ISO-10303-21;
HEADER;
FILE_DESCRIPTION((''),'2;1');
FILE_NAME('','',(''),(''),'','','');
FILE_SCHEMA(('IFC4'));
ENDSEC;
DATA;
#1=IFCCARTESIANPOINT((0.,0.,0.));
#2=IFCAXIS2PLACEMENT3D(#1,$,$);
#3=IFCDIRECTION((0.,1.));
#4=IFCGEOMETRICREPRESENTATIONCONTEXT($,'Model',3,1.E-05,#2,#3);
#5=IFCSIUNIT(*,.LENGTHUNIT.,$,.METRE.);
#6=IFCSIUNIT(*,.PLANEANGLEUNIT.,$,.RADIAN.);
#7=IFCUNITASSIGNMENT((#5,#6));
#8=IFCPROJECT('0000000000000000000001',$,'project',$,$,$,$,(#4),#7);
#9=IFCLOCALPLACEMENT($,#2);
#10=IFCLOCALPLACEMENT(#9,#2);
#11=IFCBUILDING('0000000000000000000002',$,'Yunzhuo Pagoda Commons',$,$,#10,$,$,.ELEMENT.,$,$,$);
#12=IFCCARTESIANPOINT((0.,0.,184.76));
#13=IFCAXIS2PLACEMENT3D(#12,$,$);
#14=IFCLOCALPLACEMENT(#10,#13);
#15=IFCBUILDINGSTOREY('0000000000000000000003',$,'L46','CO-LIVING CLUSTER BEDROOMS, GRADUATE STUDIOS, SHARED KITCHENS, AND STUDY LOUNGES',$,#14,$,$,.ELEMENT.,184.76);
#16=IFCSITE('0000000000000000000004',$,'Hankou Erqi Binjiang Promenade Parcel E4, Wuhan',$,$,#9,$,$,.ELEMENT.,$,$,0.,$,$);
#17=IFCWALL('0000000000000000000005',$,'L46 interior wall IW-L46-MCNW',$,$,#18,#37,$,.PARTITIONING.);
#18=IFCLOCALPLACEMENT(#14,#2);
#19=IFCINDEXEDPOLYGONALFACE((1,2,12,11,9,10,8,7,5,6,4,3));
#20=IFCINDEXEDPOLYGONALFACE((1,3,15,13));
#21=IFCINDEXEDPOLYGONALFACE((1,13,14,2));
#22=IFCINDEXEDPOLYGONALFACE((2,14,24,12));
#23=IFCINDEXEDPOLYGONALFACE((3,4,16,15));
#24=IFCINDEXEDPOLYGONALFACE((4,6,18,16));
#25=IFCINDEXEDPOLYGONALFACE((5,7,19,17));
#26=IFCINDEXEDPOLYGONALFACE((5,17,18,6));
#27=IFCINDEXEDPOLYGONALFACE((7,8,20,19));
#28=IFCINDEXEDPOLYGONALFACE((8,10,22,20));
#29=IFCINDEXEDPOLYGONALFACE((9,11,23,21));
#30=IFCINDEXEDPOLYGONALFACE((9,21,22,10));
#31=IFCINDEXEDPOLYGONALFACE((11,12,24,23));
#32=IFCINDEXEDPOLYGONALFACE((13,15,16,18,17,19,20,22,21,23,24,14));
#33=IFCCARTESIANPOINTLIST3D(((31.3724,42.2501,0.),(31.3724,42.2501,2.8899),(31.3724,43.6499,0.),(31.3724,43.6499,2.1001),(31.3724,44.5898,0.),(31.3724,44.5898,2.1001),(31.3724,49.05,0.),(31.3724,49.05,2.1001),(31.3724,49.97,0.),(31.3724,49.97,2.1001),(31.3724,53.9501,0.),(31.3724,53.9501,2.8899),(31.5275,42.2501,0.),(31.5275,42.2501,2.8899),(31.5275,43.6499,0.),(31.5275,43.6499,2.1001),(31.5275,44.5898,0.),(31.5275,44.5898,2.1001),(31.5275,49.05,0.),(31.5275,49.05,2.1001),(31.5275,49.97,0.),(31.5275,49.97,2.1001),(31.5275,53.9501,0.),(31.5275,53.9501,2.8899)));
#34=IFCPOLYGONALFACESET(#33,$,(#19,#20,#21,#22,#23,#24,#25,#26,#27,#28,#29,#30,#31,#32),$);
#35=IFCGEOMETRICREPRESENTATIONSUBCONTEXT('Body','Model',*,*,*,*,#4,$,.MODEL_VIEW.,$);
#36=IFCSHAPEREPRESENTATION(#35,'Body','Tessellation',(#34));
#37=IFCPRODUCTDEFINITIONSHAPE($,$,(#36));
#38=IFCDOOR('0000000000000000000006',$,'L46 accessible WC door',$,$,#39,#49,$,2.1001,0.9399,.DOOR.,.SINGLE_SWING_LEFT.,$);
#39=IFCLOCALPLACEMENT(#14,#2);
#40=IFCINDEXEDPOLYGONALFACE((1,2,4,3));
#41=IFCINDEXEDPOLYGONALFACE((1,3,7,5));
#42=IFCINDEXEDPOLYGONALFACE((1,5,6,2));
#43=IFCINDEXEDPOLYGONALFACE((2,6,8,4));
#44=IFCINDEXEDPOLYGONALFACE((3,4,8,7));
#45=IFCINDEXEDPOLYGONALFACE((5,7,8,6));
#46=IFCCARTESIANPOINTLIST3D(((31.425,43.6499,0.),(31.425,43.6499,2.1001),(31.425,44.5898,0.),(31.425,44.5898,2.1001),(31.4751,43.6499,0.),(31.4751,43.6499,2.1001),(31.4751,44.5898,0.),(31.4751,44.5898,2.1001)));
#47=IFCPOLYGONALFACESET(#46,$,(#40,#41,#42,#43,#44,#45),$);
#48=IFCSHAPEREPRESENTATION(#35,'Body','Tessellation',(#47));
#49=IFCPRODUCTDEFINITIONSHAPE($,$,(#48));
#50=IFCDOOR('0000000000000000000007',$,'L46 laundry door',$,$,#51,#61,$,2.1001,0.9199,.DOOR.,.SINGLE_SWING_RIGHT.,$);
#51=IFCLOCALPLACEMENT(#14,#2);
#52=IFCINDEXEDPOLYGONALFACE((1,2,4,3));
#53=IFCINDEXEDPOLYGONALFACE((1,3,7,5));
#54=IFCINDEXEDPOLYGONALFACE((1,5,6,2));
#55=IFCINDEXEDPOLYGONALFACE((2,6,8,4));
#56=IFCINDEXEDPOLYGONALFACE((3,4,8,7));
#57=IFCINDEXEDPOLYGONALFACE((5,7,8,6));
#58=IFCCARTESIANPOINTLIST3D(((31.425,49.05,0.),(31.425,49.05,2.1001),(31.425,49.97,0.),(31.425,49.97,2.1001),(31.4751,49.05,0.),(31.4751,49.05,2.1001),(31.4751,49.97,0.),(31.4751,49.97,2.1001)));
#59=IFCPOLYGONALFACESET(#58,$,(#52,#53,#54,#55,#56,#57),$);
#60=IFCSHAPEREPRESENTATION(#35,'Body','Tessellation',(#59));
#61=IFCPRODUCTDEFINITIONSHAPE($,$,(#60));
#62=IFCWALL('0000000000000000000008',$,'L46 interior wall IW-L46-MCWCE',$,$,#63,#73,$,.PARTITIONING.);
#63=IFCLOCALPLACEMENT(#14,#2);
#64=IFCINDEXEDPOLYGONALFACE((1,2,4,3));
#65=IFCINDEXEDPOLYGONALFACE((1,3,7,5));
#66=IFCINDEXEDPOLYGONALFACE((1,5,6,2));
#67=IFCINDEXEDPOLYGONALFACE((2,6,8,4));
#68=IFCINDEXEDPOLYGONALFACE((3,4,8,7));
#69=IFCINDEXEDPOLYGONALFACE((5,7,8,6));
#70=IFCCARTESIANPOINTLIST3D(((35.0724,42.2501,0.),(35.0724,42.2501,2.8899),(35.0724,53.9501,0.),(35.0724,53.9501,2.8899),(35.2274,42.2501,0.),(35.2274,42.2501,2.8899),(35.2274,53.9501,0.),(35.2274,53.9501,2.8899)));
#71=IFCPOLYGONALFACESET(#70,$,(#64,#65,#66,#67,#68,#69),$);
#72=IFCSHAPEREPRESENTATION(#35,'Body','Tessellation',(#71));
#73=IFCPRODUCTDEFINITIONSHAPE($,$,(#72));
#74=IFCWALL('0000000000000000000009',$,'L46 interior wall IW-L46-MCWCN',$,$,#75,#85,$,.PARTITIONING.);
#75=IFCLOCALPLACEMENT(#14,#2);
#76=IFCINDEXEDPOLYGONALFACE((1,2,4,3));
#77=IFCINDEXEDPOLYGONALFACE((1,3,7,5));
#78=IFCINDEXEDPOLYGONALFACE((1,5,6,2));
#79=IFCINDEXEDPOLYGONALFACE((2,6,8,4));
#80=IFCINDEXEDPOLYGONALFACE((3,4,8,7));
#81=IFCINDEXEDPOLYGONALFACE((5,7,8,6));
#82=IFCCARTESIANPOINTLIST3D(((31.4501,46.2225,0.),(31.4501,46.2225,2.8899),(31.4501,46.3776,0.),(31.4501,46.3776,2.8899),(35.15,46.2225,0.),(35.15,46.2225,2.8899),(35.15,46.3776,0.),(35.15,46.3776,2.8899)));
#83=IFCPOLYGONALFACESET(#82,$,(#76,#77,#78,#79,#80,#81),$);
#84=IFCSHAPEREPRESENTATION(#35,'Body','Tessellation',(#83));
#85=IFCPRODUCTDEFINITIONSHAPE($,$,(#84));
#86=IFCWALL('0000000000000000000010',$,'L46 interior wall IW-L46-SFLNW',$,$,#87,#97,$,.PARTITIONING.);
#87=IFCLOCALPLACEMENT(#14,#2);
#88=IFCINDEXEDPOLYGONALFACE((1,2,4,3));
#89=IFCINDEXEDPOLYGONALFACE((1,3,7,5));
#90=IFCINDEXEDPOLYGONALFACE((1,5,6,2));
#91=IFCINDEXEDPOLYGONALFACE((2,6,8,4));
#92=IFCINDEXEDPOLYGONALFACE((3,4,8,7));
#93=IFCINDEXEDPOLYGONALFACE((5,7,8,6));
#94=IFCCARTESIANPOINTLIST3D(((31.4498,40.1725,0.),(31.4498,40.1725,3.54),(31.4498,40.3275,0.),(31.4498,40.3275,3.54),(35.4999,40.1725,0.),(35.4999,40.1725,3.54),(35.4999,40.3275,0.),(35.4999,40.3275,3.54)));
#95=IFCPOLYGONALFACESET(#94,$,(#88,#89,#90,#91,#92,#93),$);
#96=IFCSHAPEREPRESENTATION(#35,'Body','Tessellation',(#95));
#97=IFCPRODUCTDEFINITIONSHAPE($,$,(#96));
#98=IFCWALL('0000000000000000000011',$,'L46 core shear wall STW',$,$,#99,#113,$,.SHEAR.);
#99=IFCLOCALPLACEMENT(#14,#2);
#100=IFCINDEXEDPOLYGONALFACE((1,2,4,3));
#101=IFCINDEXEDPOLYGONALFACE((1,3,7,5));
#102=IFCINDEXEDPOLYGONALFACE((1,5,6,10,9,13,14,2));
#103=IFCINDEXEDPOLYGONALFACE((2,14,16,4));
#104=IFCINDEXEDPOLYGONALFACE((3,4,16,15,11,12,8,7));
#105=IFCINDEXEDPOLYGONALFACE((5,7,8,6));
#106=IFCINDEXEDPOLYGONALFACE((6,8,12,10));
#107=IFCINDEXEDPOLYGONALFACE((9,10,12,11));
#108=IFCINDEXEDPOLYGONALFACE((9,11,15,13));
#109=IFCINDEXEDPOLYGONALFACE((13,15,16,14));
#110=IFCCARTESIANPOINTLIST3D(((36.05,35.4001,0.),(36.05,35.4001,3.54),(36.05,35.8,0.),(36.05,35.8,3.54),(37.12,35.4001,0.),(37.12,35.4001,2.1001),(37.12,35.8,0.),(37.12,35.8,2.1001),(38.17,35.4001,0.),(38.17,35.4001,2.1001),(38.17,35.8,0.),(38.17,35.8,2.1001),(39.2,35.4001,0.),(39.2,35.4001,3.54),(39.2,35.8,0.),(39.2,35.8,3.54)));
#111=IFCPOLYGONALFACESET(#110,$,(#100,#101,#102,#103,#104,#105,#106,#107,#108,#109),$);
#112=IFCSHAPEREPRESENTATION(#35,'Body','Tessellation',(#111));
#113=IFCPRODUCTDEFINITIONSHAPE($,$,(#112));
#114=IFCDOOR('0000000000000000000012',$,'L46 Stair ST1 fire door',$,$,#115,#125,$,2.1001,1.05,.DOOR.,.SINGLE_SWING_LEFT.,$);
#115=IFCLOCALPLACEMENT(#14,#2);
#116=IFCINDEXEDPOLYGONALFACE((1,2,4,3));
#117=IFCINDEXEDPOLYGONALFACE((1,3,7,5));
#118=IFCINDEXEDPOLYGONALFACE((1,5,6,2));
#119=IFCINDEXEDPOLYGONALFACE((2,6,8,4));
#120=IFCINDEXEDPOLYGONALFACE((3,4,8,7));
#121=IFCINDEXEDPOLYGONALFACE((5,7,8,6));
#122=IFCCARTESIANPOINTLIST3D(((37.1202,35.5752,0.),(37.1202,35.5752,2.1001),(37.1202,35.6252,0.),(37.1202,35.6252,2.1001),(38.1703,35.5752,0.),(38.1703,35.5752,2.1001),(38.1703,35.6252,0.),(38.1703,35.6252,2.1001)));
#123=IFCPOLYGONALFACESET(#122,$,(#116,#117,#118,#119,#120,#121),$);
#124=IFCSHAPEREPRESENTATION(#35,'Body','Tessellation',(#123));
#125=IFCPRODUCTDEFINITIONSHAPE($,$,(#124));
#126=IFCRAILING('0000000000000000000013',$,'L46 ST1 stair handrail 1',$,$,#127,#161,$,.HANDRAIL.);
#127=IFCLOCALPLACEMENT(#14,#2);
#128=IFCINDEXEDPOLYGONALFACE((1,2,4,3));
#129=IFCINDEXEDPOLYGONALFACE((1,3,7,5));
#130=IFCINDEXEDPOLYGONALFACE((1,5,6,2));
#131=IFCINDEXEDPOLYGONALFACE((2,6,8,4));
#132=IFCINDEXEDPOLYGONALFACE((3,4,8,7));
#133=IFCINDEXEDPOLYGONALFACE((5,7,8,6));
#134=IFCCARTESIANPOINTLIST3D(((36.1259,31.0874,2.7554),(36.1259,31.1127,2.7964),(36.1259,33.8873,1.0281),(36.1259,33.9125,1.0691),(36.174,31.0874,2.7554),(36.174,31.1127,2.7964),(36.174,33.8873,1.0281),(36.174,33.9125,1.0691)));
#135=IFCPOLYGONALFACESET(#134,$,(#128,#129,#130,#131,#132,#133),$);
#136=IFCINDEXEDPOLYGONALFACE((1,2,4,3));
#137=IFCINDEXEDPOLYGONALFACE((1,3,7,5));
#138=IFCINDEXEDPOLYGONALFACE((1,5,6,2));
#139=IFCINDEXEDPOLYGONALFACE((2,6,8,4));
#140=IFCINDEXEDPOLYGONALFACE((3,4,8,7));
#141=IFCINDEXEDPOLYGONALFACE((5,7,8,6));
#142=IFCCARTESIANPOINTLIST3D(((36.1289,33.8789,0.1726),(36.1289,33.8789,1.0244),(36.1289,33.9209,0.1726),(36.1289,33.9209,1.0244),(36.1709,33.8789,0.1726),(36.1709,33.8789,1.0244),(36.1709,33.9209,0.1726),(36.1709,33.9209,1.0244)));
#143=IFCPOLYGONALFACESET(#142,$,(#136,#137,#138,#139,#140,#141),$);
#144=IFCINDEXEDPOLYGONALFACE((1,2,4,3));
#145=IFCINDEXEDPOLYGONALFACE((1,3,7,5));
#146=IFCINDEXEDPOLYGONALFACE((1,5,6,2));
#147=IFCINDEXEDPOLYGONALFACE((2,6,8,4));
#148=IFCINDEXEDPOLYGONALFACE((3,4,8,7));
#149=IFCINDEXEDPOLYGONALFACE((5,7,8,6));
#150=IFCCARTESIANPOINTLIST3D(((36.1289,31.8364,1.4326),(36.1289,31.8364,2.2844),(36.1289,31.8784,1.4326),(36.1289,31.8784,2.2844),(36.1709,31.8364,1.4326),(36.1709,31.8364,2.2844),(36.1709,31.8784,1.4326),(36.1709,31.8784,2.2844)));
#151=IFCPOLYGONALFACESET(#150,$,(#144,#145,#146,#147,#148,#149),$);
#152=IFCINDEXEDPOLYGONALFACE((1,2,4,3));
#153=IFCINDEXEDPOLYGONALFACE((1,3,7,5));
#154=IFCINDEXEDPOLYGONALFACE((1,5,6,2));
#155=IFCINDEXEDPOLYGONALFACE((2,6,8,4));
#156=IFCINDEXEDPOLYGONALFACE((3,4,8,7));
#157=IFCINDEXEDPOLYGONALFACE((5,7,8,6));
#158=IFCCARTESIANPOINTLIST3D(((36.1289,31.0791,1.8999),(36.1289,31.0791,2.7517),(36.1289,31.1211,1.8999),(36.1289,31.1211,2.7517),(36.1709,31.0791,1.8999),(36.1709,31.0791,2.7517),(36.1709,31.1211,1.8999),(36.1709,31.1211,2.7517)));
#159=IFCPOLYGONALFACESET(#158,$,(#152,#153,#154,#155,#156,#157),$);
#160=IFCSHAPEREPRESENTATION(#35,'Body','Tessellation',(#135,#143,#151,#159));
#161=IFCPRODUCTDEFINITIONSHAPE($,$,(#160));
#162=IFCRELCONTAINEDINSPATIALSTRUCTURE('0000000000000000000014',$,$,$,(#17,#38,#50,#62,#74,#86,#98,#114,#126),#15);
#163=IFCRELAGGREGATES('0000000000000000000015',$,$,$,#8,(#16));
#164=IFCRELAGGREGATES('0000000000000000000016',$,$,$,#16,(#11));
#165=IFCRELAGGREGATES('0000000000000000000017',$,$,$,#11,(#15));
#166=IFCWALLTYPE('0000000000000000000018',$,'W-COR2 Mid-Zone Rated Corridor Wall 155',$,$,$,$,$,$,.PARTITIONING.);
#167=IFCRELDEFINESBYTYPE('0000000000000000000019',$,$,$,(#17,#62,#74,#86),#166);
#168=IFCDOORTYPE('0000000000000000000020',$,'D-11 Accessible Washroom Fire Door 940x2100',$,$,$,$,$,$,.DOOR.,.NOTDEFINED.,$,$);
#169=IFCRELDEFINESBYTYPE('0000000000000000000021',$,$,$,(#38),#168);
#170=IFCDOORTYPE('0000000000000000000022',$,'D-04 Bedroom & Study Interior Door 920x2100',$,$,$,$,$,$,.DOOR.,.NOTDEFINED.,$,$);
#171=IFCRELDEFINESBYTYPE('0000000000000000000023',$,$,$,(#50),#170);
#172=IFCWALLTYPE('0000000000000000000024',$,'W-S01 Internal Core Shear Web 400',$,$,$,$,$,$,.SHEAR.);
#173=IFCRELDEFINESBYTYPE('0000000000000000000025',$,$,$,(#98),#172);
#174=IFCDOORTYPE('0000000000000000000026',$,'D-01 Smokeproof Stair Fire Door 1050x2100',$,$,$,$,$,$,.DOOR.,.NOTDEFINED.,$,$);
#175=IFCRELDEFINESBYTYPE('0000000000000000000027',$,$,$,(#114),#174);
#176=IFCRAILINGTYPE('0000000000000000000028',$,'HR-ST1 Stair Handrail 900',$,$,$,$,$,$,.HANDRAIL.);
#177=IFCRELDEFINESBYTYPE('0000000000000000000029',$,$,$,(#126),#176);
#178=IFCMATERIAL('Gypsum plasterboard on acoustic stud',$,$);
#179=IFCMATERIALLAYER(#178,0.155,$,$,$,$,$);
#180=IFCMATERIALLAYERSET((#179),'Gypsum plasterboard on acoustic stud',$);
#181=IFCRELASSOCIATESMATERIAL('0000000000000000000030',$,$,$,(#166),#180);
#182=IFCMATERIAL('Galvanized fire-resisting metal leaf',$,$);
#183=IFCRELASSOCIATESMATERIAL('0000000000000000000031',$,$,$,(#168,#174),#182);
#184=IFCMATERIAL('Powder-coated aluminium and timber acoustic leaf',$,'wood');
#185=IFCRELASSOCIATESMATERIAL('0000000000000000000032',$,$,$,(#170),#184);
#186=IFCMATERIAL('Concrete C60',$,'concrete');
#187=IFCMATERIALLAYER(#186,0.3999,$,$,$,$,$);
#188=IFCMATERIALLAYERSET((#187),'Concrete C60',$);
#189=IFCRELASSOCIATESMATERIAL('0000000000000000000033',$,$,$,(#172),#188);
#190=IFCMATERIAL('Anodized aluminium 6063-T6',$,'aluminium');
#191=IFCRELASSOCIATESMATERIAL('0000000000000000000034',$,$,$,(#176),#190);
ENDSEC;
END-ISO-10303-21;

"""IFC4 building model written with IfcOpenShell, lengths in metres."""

from ifc_helpers import new_model, si_unit, direction, frame, frame_2d, origin, origin_with_axes, origin_2d, place, context, subcontext, project, spatial, rectangle, extrude, source, transform, mapped, material, layer, layer_set, type_object, element, fill, save


model = new_model("IFC4")

# Units and contexts
model_context = context("Model", 3, precision=1e-05, world=origin(), true_north=direction((0.0, 1.0)))
body_context = subcontext(model_context, "Body", "Model", "MODEL_VIEW")
ifc_project = project(units=[si_unit("LENGTHUNIT", "METRE"), si_unit("PLANEANGLEUNIT", "RADIAN")], contexts=[model_context])

# Site, building, storey
site_placement = place(None, origin())
site = spatial("IfcSite", under=ifc_project, at=site_placement, Name="Hankou Erqi Binjiang Promenade Parcel E4, Wuhan", CompositionType="ELEMENT", RefElevation=0.0)
building_placement = place(site_placement, origin())
building = spatial("IfcBuilding", under=site, at=building_placement, Name="Yunzhuo Pagoda Commons", CompositionType="ELEMENT")
storey_placement = place(building_placement, frame((0.0, 0.0, 184.76)))
storey = spatial("IfcBuildingStorey", under=building, at=storey_placement, Name="L46", Description="CO-LIVING CLUSTER BEDROOMS, GRADUATE STUDIOS, SHARED KITCHENS, AND STUDY LOUNGES", CompositionType="ELEMENT", Elevation=184.76)

# Shared definitions
ifc_material_1 = material(Name="Galvanized fire-resisting metal leaf")
shared_shape_1 = source(origin(), body_context, "Body", "SweptSolid", [
    extrude(rectangle(XDim=1.05, YDim=2.1001, at=frame_2d((0.5249, 1.05))), frame((0.0, 0.0249, 0.0), z_axis=(0.0, -1.0, 0.0), x_axis=(1.0, 0.0, 0.0)), (0.0, 0.0, 1.0), 0.05),
])

# Shared definitions
ifc_material_2 = material(Name="Gypsum plasterboard on acoustic stud")
ifc_layer_1 = layer(ifc_material_2, 0.155)
ifc_layer_set_1 = layer_set([ifc_layer_1], Name="Gypsum plasterboard on acoustic stud")
wall_type_1 = type_object("IfcWallType", Name="W-COR2 Mid-Zone Rated Corridor Wall 155", PredefinedType="PARTITIONING", material=ifc_layer_set_1)

# Wall, openings, doors
wall_1_placement = place(storey_placement, frame((31.45, 42.25, 0.0), z_axis=(0.0, 0.0, 1.0), x_axis=(0.0, 1.0, 0.0)))
wall_1 = element("IfcWall", 1, at=wall_1_placement, inside=storey, type_object=wall_type_1, Name="L46 interior wall IW-L46-MCNW", PredefinedType="PARTITIONING", context=body_context, shape_type="SweptSolid", body=[
    extrude(rectangle(XDim=11.7, YDim=0.155, at=frame_2d((5.8501, 0.0))), origin(), (0.0, 0.0, 1.0), 2.8899),
])
opening_1_placement = place(wall_1_placement, frame((1.3999, 0.0, 0.0)))
opening_1 = element("IfcOpeningElement", 2, at=opening_1_placement, cuts=wall_1, PredefinedType="OPENING", context=body_context, shape_type="SweptSolid", body=[
    extrude(rectangle(XDim=0.9399, YDim=2.1001, at=frame_2d((0.47, 1.05))), frame((0.0, 0.0874, 0.0), z_axis=(0.0, -1.0, 0.0), x_axis=(1.0, 0.0, 0.0)), (0.0, 0.0, 1.0), 0.175),
])
opening_2_placement = place(wall_1_placement, frame((6.8, 0.0, 0.0)))
opening_2 = element("IfcOpeningElement", 3, at=opening_2_placement, cuts=wall_1, PredefinedType="OPENING", context=body_context, shape_type="SweptSolid", body=[
    extrude(rectangle(XDim=0.9199, YDim=2.1001, at=frame_2d((0.46, 1.05))), frame((0.0, 0.0874, 0.0), z_axis=(0.0, -1.0, 0.0), x_axis=(1.0, 0.0, 0.0)), (0.0, 0.0, 1.0), 0.175),
])
door_type_1 = type_object("IfcDoorType", Name="D-11 Accessible Washroom Fire Door 940x2100", OperationType="NOTDEFINED", PredefinedType="DOOR", material=ifc_material_1)
shared_shape_2 = source(origin(), body_context, "Body", "SweptSolid", [
    extrude(rectangle(XDim=0.9399, YDim=2.1001, at=frame_2d((0.47, 1.05))), frame((0.0, 0.0249, 0.0), z_axis=(0.0, -1.0, 0.0), x_axis=(1.0, 0.0, 0.0)), (0.0, 0.0, 1.0), 0.05),
])
door_1_placement = place(opening_1_placement, origin_with_axes())
door_1 = element("IfcDoor", 4, at=door_1_placement, inside=storey, type_object=door_type_1, Name="L46 accessible WC door", OperationType="SINGLE_SWING_LEFT", OverallHeight=2.1001, OverallWidth=0.9399, PredefinedType="DOOR", context=body_context, shape_type="MappedRepresentation", body=[
    mapped(shared_shape_2, transform((0.0, 0.0, 0.0), scale=1.0)),
])
fill(opening_1, door_1)
ifc_material_3 = material(Name="Powder-coated aluminium and timber acoustic leaf", Category="wood")
door_type_2 = type_object("IfcDoorType", Name="D-04 Bedroom & Study Interior Door 920x2100", OperationType="NOTDEFINED", PredefinedType="DOOR", material=ifc_material_3)
shared_shape_3 = source(origin(), body_context, "Body", "SweptSolid", [
    extrude(rectangle(XDim=0.9199, YDim=2.1001, at=frame_2d((0.46, 1.05))), frame((0.0, 0.0249, 0.0), z_axis=(0.0, -1.0, 0.0), x_axis=(1.0, 0.0, 0.0)), (0.0, 0.0, 1.0), 0.05),
])
door_2_placement = place(opening_2_placement, origin_with_axes())
door_2 = element("IfcDoor", 5, at=door_2_placement, inside=storey, type_object=door_type_2, Name="L46 laundry door", OperationType="SINGLE_SWING_RIGHT", OverallHeight=2.1001, OverallWidth=0.9199, PredefinedType="DOOR", context=body_context, shape_type="MappedRepresentation", body=[
    mapped(shared_shape_3, transform((0.0, 0.0, 0.0), scale=1.0)),
])
fill(opening_2, door_2)

# Walls
wall_2_placement = place(storey_placement, frame((35.1499, 42.25, 0.0), z_axis=(0.0, 0.0, 1.0), x_axis=(0.0, 1.0, 0.0)))
element("IfcWall", 6, at=wall_2_placement, inside=storey, type_object=wall_type_1, Name="L46 interior wall IW-L46-MCWCE", PredefinedType="PARTITIONING", context=body_context, shape_type="SweptSolid", body=[
    extrude(rectangle(XDim=11.7, YDim=0.155, at=frame_2d((5.8501, 0.0))), origin(), (0.0, 0.0, 1.0), 2.8899),
])
wall_3_placement = place(storey_placement, frame((31.45, 46.3, 0.0), z_axis=(0.0, 0.0, 1.0), x_axis=(1.0, 0.0, 0.0)))
element("IfcWall", 7, at=wall_3_placement, inside=storey, type_object=wall_type_1, Name="L46 interior wall IW-L46-MCWCN", PredefinedType="PARTITIONING", context=body_context, shape_type="SweptSolid", body=[
    extrude(rectangle(XDim=3.7, YDim=0.155, at=frame_2d((1.8501, 0.0))), origin(), (0.0, 0.0, 1.0), 2.8899),
])
wall_4_placement = place(storey_placement, frame((31.45, 40.25, 0.0), z_axis=(0.0, 0.0, 1.0), x_axis=(1.0, 0.0, 0.0)))
element("IfcWall", 8, at=wall_4_placement, inside=storey, type_object=wall_type_1, Name="L46 interior wall IW-L46-SFLNW", PredefinedType="PARTITIONING", context=body_context, shape_type="SweptSolid", body=[
    extrude(rectangle(XDim=4.05, YDim=0.155, at=frame_2d((2.0249, 0.0))), origin(), (0.0, 0.0, 1.0), 3.54),
])

# Wall, opening, door
ifc_material_4 = material(Name="Concrete C60", Category="concrete")
ifc_layer_2 = layer(ifc_material_4, 0.3999)
ifc_layer_set_2 = layer_set([ifc_layer_2], Name="Concrete C60")
wall_type_2 = type_object("IfcWallType", Name="W-S01 Internal Core Shear Web 400", PredefinedType="SHEAR", material=ifc_layer_set_2)
wall_5_placement = place(storey_placement, frame((36.05, 35.6001, 0.0), z_axis=(0.0, 0.0, 1.0), x_axis=(1.0, 0.0, 0.0)))
wall_5 = element("IfcWall", 9, at=wall_5_placement, inside=storey, type_object=wall_type_2, Name="L46 core shear wall STW", PredefinedType="SHEAR", context=body_context, shape_type="SweptSolid", body=[
    extrude(rectangle(XDim=3.1499, YDim=0.3999, at=frame_2d((1.575, 0.0))), origin(), (0.0, 0.0, 1.0), 3.54),
])
opening_3_placement = place(wall_5_placement, frame((1.0701, 0.0, 0.0)))
opening_3 = element("IfcOpeningElement", 10, at=opening_3_placement, cuts=wall_5, PredefinedType="OPENING", context=body_context, shape_type="SweptSolid", body=[
    extrude(rectangle(XDim=1.05, YDim=2.1001, at=frame_2d((0.5249, 1.05))), frame((0.0, 0.21, 0.0), z_axis=(0.0, -1.0, 0.0), x_axis=(1.0, 0.0, 0.0)), (0.0, 0.0, 1.0), 0.4199),
])
door_type_3 = type_object("IfcDoorType", Name="D-01 Smokeproof Stair Fire Door 1050x2100", OperationType="NOTDEFINED", PredefinedType="DOOR", material=ifc_material_1)
door_3_placement = place(opening_3_placement, frame((1.05, 0.0, 0.0), z_axis=(0.0, 0.0, 1.0), x_axis=(-1.0, 0.0, 0.0)))
door_3 = element("IfcDoor", 11, at=door_3_placement, inside=storey, type_object=door_type_3, Name="L46 Stair ST1 fire door", OperationType="SINGLE_SWING_LEFT", OverallHeight=2.1001, OverallWidth=1.05, PredefinedType="DOOR", context=body_context, shape_type="MappedRepresentation", body=[
    mapped(shared_shape_1, transform((0.0, 0.0, 0.0), scale=1.0)),
])
fill(opening_3, door_3)

# Railing
ifc_material_5 = material(Name="Anodized aluminium 6063-T6", Category="aluminium")
railing_type = type_object("IfcRailingType", Name="HR-ST1 Stair Handrail 900", PredefinedType="HANDRAIL", material=ifc_material_5)
railing_placement = place(storey_placement, frame((36.1499, 33.8999, 0.1726)))
element("IfcRailing", 12, at=railing_placement, inside=storey, type_object=railing_type, Name="L46 ST1 stair handrail 1", PredefinedType="HANDRAIL", context=body_context, shape_type="SweptSolid", body=[
    extrude(rectangle(XDim=0.0481, YDim=0.0481, at=origin_2d()), frame((0.0, 0.0, 0.876), z_axis=(0.0, -0.851069, 0.525054), x_axis=(1.0, 0.0, 0.0)), (0.0, 0.0, 1.0), 3.2898),
    extrude(rectangle(XDim=0.042, YDim=0.042, at=origin_2d()), origin(), (0.0, 0.0, 1.0), 0.8518),
    extrude(rectangle(XDim=0.042, YDim=0.042, at=origin_2d()), frame((0.0, -2.0425, 1.26)), (0.0, 0.0, 1.0), 0.8518),
    extrude(rectangle(XDim=0.042, YDim=0.042, at=origin_2d()), frame((0.0, -2.7998, 1.7273)), (0.0, 0.0, 1.0), 0.8518),
])

save(model, "model.ifc")
